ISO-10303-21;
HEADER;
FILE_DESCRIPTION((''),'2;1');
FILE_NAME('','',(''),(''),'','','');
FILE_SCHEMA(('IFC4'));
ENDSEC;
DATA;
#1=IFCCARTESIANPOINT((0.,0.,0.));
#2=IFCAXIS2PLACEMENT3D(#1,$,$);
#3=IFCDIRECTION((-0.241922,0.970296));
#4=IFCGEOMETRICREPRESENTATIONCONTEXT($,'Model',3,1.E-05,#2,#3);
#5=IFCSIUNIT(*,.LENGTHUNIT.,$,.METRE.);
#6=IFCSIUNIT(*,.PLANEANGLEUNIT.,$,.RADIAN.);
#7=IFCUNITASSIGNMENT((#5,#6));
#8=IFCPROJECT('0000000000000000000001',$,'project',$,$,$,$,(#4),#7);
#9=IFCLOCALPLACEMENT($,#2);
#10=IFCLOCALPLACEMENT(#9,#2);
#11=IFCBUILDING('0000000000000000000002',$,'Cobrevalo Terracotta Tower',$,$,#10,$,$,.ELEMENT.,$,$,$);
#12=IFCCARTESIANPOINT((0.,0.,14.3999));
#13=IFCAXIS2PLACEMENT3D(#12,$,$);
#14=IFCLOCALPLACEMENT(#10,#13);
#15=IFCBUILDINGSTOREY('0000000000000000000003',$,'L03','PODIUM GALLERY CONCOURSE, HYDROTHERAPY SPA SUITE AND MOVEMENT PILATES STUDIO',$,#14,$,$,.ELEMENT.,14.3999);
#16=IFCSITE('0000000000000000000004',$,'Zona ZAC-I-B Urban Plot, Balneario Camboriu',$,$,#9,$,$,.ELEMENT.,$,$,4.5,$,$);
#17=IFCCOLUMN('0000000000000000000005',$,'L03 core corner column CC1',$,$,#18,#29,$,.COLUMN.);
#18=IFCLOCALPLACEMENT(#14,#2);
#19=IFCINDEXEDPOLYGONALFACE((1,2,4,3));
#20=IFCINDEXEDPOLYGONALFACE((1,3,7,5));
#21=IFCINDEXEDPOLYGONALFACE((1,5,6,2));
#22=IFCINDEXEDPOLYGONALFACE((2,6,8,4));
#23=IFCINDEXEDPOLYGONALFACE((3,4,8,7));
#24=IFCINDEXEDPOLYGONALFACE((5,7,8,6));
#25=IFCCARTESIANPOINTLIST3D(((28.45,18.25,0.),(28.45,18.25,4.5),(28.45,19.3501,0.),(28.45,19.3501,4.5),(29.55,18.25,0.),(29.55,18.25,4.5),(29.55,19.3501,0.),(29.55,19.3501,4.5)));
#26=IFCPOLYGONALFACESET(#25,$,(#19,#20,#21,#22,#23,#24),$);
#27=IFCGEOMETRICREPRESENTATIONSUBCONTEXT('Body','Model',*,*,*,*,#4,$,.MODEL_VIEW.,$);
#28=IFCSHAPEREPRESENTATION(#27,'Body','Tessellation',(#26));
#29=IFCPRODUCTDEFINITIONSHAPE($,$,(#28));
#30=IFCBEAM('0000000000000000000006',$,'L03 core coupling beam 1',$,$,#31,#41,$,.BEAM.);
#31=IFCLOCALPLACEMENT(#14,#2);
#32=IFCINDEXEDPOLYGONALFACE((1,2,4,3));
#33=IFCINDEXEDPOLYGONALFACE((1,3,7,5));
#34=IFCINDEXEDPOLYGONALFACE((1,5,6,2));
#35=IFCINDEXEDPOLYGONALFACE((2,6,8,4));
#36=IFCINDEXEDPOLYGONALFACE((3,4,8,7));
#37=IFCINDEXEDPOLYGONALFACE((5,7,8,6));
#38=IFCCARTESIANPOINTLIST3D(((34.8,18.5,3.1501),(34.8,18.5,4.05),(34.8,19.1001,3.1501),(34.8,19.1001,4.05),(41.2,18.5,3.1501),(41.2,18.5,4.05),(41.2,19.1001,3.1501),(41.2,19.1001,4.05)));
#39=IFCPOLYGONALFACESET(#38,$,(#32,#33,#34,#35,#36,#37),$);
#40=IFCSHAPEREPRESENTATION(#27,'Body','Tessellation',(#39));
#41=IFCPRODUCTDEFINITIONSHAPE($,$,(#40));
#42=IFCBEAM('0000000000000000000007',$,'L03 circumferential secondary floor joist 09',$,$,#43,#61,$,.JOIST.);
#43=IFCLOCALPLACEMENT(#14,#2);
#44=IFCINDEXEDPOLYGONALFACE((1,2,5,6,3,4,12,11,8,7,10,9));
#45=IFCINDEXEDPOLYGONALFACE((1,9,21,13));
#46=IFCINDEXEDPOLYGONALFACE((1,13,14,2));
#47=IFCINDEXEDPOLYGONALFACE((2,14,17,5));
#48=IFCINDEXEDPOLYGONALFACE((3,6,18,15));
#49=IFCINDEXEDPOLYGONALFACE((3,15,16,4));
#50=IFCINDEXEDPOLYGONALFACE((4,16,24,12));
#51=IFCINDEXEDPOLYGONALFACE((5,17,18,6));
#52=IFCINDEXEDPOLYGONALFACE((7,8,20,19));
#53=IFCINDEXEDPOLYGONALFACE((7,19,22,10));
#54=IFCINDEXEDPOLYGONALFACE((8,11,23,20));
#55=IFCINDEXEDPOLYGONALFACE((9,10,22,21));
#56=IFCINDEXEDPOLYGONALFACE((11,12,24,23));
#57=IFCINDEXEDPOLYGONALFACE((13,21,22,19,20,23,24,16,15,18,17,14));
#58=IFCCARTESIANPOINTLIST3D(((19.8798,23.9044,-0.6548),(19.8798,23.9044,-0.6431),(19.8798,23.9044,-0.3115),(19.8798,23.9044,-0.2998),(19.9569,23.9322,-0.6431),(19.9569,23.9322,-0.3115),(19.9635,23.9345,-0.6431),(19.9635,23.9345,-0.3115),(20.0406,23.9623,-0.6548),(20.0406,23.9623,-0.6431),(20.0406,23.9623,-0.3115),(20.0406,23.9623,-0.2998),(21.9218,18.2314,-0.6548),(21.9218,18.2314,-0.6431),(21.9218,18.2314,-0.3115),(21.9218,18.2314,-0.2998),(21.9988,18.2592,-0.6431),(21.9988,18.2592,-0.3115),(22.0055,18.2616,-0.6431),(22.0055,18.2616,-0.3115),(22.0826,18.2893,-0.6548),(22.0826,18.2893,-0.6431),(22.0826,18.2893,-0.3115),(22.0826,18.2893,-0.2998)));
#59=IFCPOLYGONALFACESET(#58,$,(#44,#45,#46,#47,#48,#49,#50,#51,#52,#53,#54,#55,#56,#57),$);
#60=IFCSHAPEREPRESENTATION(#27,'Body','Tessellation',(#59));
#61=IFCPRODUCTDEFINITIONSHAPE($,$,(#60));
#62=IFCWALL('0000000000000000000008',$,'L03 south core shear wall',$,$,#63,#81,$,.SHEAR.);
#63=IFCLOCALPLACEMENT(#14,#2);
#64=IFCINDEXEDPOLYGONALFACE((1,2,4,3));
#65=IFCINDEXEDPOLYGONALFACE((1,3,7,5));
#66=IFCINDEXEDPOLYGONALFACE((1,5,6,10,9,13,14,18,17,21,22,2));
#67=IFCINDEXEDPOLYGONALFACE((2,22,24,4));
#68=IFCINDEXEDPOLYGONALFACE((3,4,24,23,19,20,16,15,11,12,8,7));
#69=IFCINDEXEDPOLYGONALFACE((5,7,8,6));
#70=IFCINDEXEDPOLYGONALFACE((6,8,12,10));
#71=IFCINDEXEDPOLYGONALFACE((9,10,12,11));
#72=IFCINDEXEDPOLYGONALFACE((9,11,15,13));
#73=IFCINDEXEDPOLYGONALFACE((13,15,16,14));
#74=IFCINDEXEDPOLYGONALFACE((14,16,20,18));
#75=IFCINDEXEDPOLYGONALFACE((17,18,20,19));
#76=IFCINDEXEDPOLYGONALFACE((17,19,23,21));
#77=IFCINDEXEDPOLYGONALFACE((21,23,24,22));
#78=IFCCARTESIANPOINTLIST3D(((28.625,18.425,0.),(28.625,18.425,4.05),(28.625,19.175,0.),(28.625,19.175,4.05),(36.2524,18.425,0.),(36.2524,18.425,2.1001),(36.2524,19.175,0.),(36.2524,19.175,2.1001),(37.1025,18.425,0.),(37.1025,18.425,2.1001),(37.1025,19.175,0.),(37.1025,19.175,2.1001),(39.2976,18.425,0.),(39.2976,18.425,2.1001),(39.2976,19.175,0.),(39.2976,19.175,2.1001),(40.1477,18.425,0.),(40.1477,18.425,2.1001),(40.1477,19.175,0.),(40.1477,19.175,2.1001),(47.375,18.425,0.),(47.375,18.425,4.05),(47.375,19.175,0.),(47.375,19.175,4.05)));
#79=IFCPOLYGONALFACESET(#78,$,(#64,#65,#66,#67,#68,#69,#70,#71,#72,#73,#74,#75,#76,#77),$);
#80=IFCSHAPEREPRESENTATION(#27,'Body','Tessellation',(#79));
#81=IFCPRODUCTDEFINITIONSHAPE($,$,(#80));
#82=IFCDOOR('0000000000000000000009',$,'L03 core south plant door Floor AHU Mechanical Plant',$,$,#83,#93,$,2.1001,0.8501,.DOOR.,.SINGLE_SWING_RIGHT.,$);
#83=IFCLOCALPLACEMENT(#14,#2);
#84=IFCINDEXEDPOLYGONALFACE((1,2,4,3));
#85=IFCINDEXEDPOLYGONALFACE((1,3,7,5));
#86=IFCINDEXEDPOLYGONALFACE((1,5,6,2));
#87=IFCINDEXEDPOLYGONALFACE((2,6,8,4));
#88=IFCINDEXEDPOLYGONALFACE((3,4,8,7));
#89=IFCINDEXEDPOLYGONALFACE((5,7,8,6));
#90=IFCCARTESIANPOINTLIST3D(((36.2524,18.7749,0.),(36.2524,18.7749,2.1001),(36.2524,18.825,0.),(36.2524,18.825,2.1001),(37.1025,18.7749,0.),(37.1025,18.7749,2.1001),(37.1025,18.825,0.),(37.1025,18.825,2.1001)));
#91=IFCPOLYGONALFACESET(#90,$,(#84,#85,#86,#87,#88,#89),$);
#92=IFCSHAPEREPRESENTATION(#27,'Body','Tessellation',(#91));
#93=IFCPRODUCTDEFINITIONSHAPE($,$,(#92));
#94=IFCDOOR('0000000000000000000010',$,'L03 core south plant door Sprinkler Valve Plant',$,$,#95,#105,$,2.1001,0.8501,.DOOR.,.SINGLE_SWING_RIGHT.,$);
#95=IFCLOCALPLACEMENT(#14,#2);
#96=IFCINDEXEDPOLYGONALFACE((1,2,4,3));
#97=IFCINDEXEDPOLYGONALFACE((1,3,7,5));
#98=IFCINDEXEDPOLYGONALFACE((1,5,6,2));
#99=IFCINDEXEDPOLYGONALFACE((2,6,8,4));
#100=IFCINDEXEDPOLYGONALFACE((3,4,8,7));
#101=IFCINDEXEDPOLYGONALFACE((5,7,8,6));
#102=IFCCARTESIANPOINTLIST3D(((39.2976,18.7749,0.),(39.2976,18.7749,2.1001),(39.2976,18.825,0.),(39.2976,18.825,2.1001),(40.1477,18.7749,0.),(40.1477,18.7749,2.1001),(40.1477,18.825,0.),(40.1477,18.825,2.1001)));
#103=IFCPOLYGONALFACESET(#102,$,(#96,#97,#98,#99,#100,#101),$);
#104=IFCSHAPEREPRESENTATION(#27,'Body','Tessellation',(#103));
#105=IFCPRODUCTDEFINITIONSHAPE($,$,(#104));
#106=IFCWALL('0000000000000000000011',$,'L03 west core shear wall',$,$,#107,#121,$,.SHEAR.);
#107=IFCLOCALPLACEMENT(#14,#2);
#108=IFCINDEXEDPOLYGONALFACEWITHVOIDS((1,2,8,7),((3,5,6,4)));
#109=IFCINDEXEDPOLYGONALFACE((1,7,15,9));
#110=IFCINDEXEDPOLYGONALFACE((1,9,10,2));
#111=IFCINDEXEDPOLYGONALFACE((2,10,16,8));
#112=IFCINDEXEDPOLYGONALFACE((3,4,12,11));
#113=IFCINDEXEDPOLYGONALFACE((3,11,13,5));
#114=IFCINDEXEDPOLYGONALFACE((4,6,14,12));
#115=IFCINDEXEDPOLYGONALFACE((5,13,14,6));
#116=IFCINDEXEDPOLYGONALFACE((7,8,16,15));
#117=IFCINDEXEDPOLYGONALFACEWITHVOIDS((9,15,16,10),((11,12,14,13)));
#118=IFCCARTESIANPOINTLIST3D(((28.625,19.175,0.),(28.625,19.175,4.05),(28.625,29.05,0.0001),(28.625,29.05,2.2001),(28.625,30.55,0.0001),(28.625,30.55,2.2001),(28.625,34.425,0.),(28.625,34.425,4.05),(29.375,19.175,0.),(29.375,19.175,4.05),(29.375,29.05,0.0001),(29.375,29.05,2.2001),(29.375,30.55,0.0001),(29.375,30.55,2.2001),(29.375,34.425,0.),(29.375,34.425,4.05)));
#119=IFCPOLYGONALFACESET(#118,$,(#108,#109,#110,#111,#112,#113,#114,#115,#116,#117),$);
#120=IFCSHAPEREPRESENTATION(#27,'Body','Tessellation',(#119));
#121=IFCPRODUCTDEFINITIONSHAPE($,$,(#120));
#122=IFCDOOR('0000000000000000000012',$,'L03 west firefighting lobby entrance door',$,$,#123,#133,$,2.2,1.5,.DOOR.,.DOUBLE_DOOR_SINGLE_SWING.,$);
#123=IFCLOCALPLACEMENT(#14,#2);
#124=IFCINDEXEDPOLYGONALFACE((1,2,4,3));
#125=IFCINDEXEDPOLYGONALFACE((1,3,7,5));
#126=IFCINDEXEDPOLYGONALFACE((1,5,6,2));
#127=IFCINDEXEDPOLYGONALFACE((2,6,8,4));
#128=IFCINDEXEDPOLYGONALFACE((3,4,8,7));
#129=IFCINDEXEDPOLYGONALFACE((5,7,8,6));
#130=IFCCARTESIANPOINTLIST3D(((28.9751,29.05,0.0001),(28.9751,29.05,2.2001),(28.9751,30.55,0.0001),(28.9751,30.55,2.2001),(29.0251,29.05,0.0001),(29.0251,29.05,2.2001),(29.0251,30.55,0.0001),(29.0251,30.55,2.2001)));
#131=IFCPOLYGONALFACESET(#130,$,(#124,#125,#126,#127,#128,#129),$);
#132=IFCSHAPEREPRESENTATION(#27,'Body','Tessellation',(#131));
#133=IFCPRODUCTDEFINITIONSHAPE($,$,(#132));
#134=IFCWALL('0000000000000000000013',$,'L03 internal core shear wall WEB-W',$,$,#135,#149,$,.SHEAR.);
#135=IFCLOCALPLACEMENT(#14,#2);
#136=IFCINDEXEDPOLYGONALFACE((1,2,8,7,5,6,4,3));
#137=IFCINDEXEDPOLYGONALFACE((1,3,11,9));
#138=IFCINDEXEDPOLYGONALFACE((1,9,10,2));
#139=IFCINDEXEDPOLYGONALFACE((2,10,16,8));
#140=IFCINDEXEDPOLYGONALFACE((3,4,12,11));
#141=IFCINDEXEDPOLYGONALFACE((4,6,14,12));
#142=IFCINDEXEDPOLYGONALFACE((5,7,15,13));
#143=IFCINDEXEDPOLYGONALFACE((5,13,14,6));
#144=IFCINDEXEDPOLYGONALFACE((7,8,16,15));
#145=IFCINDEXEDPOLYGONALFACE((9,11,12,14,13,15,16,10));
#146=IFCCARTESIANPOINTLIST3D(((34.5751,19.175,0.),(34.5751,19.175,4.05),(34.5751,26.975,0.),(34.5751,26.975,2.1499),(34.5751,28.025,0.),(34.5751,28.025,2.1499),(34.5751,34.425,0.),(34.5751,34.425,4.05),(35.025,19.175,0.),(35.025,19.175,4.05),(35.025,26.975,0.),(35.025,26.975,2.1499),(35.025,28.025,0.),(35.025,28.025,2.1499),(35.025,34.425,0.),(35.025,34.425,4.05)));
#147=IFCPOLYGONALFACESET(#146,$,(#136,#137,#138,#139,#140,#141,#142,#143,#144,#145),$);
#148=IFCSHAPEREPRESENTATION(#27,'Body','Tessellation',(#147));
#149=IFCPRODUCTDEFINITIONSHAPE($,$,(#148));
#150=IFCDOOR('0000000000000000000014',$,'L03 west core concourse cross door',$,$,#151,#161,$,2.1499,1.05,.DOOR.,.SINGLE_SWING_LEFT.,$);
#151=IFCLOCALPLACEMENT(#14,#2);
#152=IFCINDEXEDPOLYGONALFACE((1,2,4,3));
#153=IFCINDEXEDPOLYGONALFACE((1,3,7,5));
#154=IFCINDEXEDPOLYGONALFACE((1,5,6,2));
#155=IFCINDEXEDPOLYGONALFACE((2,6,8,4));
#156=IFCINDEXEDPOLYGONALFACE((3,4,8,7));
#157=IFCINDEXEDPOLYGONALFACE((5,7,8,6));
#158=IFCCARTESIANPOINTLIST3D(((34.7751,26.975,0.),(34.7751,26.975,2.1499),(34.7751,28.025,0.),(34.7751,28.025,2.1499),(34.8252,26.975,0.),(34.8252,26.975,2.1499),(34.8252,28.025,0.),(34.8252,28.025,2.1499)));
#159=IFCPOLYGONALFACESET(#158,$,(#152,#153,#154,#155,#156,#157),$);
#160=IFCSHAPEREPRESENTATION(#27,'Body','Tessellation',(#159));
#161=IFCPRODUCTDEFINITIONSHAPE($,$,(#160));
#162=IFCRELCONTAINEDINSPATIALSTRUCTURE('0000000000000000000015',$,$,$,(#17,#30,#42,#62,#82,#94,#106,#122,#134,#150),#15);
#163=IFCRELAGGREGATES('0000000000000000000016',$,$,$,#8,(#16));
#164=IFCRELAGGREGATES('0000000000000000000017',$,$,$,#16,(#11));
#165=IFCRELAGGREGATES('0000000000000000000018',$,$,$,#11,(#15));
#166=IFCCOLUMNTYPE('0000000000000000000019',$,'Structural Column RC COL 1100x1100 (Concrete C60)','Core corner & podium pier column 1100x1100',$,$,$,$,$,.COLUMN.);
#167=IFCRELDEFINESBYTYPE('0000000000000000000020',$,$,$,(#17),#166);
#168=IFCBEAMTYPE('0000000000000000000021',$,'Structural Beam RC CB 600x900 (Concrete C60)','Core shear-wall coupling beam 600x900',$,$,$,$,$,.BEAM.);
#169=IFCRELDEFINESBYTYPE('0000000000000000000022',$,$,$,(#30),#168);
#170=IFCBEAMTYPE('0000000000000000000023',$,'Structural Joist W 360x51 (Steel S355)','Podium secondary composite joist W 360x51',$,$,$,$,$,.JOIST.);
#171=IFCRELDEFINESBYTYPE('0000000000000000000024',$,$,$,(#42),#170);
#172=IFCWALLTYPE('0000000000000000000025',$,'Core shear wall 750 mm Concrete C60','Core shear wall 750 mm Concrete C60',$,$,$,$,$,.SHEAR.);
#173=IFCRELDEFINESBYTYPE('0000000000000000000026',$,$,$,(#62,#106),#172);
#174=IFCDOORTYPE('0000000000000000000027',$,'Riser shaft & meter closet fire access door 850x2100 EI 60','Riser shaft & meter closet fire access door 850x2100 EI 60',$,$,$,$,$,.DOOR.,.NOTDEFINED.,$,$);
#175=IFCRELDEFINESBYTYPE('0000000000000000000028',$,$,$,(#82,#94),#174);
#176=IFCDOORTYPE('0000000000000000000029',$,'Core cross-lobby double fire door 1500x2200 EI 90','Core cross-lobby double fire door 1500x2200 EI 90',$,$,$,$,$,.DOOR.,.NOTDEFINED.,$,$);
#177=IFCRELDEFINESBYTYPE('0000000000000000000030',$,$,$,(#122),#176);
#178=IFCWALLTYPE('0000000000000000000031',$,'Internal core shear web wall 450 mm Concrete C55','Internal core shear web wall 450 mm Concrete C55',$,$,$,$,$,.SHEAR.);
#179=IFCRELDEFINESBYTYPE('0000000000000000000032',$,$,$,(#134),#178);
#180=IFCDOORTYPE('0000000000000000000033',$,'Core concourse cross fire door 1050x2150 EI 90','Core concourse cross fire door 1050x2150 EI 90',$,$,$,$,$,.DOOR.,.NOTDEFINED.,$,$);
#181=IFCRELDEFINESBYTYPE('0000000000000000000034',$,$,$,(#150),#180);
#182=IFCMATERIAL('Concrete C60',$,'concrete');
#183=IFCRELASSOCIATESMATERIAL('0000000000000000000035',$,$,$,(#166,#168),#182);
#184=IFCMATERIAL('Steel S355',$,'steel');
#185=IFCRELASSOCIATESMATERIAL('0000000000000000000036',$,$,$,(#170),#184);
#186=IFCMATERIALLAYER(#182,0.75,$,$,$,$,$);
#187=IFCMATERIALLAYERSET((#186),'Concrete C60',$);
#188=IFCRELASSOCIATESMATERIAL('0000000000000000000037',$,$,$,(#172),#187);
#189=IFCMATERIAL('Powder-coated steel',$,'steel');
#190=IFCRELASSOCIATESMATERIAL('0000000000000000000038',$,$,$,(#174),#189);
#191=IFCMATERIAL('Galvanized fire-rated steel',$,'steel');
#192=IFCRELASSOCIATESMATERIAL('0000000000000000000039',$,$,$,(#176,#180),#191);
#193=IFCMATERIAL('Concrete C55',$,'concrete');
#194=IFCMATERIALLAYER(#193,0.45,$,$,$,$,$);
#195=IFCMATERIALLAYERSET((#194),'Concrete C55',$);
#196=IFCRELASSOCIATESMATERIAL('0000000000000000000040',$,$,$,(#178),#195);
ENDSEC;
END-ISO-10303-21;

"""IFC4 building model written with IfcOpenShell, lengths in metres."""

from ifc_helpers import new_model, si_unit, direction, frame, frame_2d, origin, origin_2d, place, context, subcontext, project, spatial, rectangle, i_section, extrude, source, transform, mapped, material, layer, layer_set, material_profile, profile_set, type_object, element, fill, save


model = new_model("IFC4")

# Units and contexts
model_context = context("Model", 3, precision=1e-05, world=origin(), true_north=direction((-0.241922, 0.970296)))
body_context = subcontext(model_context, "Body", "Model", "MODEL_VIEW")
ifc_project = project(units=[si_unit("LENGTHUNIT", "METRE"), si_unit("PLANEANGLEUNIT", "RADIAN")], contexts=[model_context])

# Site, building, storey
site_placement = place(None, origin())
site = spatial("IfcSite", under=ifc_project, at=site_placement, Name="Zona ZAC-I-B Urban Plot, Balneario Camboriu", CompositionType="ELEMENT", RefElevation=4.5)
building_placement = place(site_placement, origin())
building = spatial("IfcBuilding", under=site, at=building_placement, Name="Cobrevalo Terracotta Tower", CompositionType="ELEMENT")
storey_placement = place(building_placement, frame((0.0, 0.0, 14.3999)))
storey = spatial("IfcBuildingStorey", under=building, at=storey_placement, Name="L03", Description="PODIUM GALLERY CONCOURSE, HYDROTHERAPY SPA SUITE AND MOVEMENT PILATES STUDIO", CompositionType="ELEMENT", Elevation=14.3999)

# Column
ifc_material_1 = material(Name="Concrete C60", Category="concrete")
ifc_material_profile_1 = material_profile(ifc_material_1, rectangle(XDim=1.1001, YDim=1.1001, at=origin_2d()), Name="RC COL 1100x1100")
ifc_profile_set_1 = profile_set([ifc_material_profile_1], Name="Concrete C60")
column_type = type_object("IfcColumnType", Name="Structural Column RC COL 1100x1100 (Concrete C60)", Description="Core corner & podium pier column 1100x1100", PredefinedType="COLUMN", material=ifc_profile_set_1)
column_placement = place(storey_placement, frame((29.0, 18.8, 0.0), z_axis=(0.0, 0.0, 1.0), x_axis=(1.0, 0.0, 0.0)))
element("IfcColumn", 1, at=column_placement, inside=storey, type_object=column_type, Name="L03 core corner column CC1", PredefinedType="COLUMN", context=body_context, shape_type="SweptSolid", body=[
    extrude(rectangle(XDim=1.1001, YDim=1.1001, at=origin_2d()), origin(), (0.0, 0.0, 1.0), 4.5),
])

# Beams
ifc_material_profile_2 = material_profile(ifc_material_1, rectangle(XDim=0.6001, YDim=0.8999, at=origin_2d()), Name="RC CB 600x900")
ifc_profile_set_2 = profile_set([ifc_material_profile_2], Name="Concrete C60")
beam_type_1 = type_object("IfcBeamType", Name="Structural Beam RC CB 600x900 (Concrete C60)", Description="Core shear-wall coupling beam 600x900", PredefinedType="BEAM", material=ifc_profile_set_2)
beam_1_placement = place(storey_placement, frame((34.8, 18.8, 3.6001), z_axis=(1.0, 0.0, 0.0), x_axis=(0.0, 1.0, 0.0)))
element("IfcBeam", 2, at=beam_1_placement, inside=storey, type_object=beam_type_1, Name="L03 core coupling beam 1", PredefinedType="BEAM", context=body_context, shape_type="SweptSolid", body=[
    extrude(rectangle(XDim=0.6001, YDim=0.8999, at=origin_2d()), origin(), (0.0, 0.0, 1.0), 6.3999),
])
ifc_material_2 = material(Name="Steel S355", Category="steel")
ifc_material_profile_3 = material_profile(ifc_material_2, i_section(OverallWidth=0.1709, OverallDepth=0.355, WebThickness=0.0071, FlangeThickness=0.0117, at=origin_2d()), Name="W 360x51")
ifc_profile_set_3 = profile_set([ifc_material_profile_3], Name="Steel S355")
beam_type_2 = type_object("IfcBeamType", Name="Structural Joist W 360x51 (Steel S355)", Description="Podium secondary composite joist W 360x51", PredefinedType="JOIST", material=ifc_profile_set_3)
beam_2_placement = place(storey_placement, frame((19.9602, 23.9333, -0.4773), z_axis=(0.338672, -0.940904, 0.0), x_axis=(0.940904, 0.338672, 0.0)))
element("IfcBeam", 3, at=beam_2_placement, inside=storey, type_object=beam_type_2, Name="L03 circumferential secondary floor joist 09", PredefinedType="JOIST", context=body_context, shape_type="SweptSolid", body=[
    extrude(i_section(OverallWidth=0.1709, OverallDepth=0.355, WebThickness=0.0071, FlangeThickness=0.0117, at=origin_2d()), origin(), (0.0, 0.0, 1.0), 6.0293),
])

# Wall, openings, doors
ifc_layer_1 = layer(ifc_material_1, 0.75)
ifc_layer_set_1 = layer_set([ifc_layer_1], Name="Concrete C60")
wall_type_1 = type_object("IfcWallType", Name="Core shear wall 750 mm Concrete C60", Description="Core shear wall 750 mm Concrete C60", PredefinedType="SHEAR", material=ifc_layer_set_1)
wall_1_placement = place(storey_placement, frame((28.625, 18.8, 0.0), z_axis=(0.0, 0.0, 1.0), x_axis=(1.0, 0.0, 0.0)))
wall_1 = element("IfcWall", 4, at=wall_1_placement, inside=storey, type_object=wall_type_1, Name="L03 south core shear wall", PredefinedType="SHEAR", context=body_context, shape_type="SweptSolid", body=[
    extrude(rectangle(XDim=18.75, YDim=0.75, at=frame_2d((9.375, 0.0))), origin(), (0.0, 0.0, 1.0), 4.05),
])
opening_1_placement = place(wall_1_placement, frame((7.6274, 0.0, 0.0)))
opening_1 = element("IfcOpeningElement", 5, at=opening_1_placement, cuts=wall_1, PredefinedType="OPENING", context=body_context, shape_type="SweptSolid", body=[
    extrude(rectangle(XDim=0.8501, YDim=2.1001, at=frame_2d((0.425, 1.05))), frame((0.0, 0.385, 0.0), z_axis=(0.0, -1.0, 0.0), x_axis=(1.0, 0.0, 0.0)), (0.0, 0.0, 1.0), 0.77),
])
opening_2_placement = place(wall_1_placement, frame((10.6726, 0.0, 0.0)))
opening_2 = element("IfcOpeningElement", 6, at=opening_2_placement, cuts=wall_1, PredefinedType="OPENING", context=body_context, shape_type="SweptSolid", body=[
    extrude(rectangle(XDim=0.8501, YDim=2.1001, at=frame_2d((0.425, 1.05))), frame((0.0, 0.385, 0.0), z_axis=(0.0, -1.0, 0.0), x_axis=(1.0, 0.0, 0.0)), (0.0, 0.0, 1.0), 0.77),
])
ifc_material_3 = material(Name="Powder-coated steel", Category="steel")
door_type_1 = type_object("IfcDoorType", Name="Riser shaft & meter closet fire access door 850x2100 EI 60", Description="Riser shaft & meter closet fire access door 850x2100 EI 60", OperationType="NOTDEFINED", PredefinedType="DOOR", material=ifc_material_3)
shared_shape_1 = source(origin(), body_context, "Body", "SweptSolid", [
    extrude(rectangle(XDim=0.8501, YDim=2.1001, at=frame_2d((0.425, 1.05))), frame((0.0, 0.0249, 0.0), z_axis=(0.0, -1.0, 0.0), x_axis=(1.0, 0.0, 0.0)), (0.0, 0.0, 1.0), 0.05),
])
door_1_placement = place(opening_1_placement, origin())
door_1 = element("IfcDoor", 7, at=door_1_placement, inside=storey, type_object=door_type_1, Name="L03 core south plant door Floor AHU Mechanical Plant", OperationType="SINGLE_SWING_RIGHT", OverallHeight=2.1001, OverallWidth=0.8501, PredefinedType="DOOR", context=body_context, shape_type="MappedRepresentation", body=[
    mapped(shared_shape_1, transform((0.0, 0.0, 0.0), scale=1.0)),
])
fill(opening_1, door_1)
door_2_placement = place(opening_2_placement, origin())
door_2 = element("IfcDoor", 8, at=door_2_placement, inside=storey, type_object=door_type_1, Name="L03 core south plant door Sprinkler Valve Plant", OperationType="SINGLE_SWING_RIGHT", OverallHeight=2.1001, OverallWidth=0.8501, PredefinedType="DOOR", context=body_context, shape_type="MappedRepresentation", body=[
    mapped(shared_shape_1, transform((0.0, 0.0, 0.0), scale=1.0)),
])
fill(opening_2, door_2)

# Walls, openings, doors
wall_2_placement = place(storey_placement, frame((29.0, 19.175, 0.0), z_axis=(0.0, 0.0, 1.0), x_axis=(0.0, 1.0, 0.0)))
wall_2 = element("IfcWall", 9, at=wall_2_placement, inside=storey, type_object=wall_type_1, Name="L03 west core shear wall", PredefinedType="SHEAR", context=body_context, shape_type="SweptSolid", body=[
    extrude(rectangle(XDim=15.25, YDim=0.75, at=frame_2d((7.625, 0.0))), origin(), (0.0, 0.0, 1.0), 4.05),
])
opening_3_placement = place(wall_2_placement, frame((9.875, 0.0, 0.0)))
opening_3 = element("IfcOpeningElement", 10, at=opening_3_placement, cuts=wall_2, PredefinedType="OPENING", context=body_context, shape_type="SweptSolid", body=[
    extrude(rectangle(XDim=1.5, YDim=2.2, at=frame_2d((0.75, 1.1001))), frame((0.0, 0.385, 0.0), z_axis=(0.0, -1.0, 0.0), x_axis=(1.0, 0.0, 0.0)), (0.0, 0.0, 1.0), 0.77),
])
ifc_material_4 = material(Name="Galvanized fire-rated steel", Category="steel")
door_type_2 = type_object("IfcDoorType", Name="Core cross-lobby double fire door 1500x2200 EI 90", Description="Core cross-lobby double fire door 1500x2200 EI 90", OperationType="NOTDEFINED", PredefinedType="DOOR", material=ifc_material_4)
shared_shape_2 = source(origin(), body_context, "Body", "SweptSolid", [
    extrude(rectangle(XDim=1.5, YDim=2.2, at=frame_2d((0.75, 1.1001))), frame((0.0, 0.0249, 0.0), z_axis=(0.0, -1.0, 0.0), x_axis=(1.0, 0.0, 0.0)), (0.0, 0.0, 1.0), 0.05),
])
door_3_placement = place(opening_3_placement, origin())
door_3 = element("IfcDoor", 11, at=door_3_placement, inside=storey, type_object=door_type_2, Name="L03 west firefighting lobby entrance door", OperationType="DOUBLE_DOOR_SINGLE_SWING", OverallHeight=2.2, OverallWidth=1.5, PredefinedType="DOOR", context=body_context, shape_type="MappedRepresentation", body=[
    mapped(shared_shape_2, transform((0.0, 0.0, 0.0), scale=1.0)),
])
fill(opening_3, door_3)
ifc_material_5 = material(Name="Concrete C55", Category="concrete")
ifc_layer_2 = layer(ifc_material_5, 0.45)
ifc_layer_set_2 = layer_set([ifc_layer_2], Name="Concrete C55")
wall_type_2 = type_object("IfcWallType", Name="Internal core shear web wall 450 mm Concrete C55", Description="Internal core shear web wall 450 mm Concrete C55", PredefinedType="SHEAR", material=ifc_layer_set_2)
wall_3_placement = place(storey_placement, frame((34.8, 19.175, 0.0), z_axis=(0.0, 0.0, 1.0), x_axis=(0.0, 1.0, 0.0)))
wall_3 = element("IfcWall", 12, at=wall_3_placement, inside=storey, type_object=wall_type_2, Name="L03 internal core shear wall WEB-W", PredefinedType="SHEAR", context=body_context, shape_type="SweptSolid", body=[
    extrude(rectangle(XDim=15.25, YDim=0.45, at=frame_2d((7.625, 0.0))), origin(), (0.0, 0.0, 1.0), 4.05),
])
opening_4_placement = place(wall_3_placement, frame((7.8, 0.0, 0.0)))
opening_4 = element("IfcOpeningElement", 13, at=opening_4_placement, cuts=wall_3, PredefinedType="OPENING", context=body_context, shape_type="SweptSolid", body=[
    extrude(rectangle(XDim=1.05, YDim=2.1499, at=frame_2d((0.5249, 1.075))), frame((0.0, 0.2349, 0.0), z_axis=(0.0, -1.0, 0.0), x_axis=(1.0, 0.0, 0.0)), (0.0, 0.0, 1.0), 0.47),
])
door_type_3 = type_object("IfcDoorType", Name="Core concourse cross fire door 1050x2150 EI 90", Description="Core concourse cross fire door 1050x2150 EI 90", OperationType="NOTDEFINED", PredefinedType="DOOR", material=ifc_material_4)
shared_shape_3 = source(origin(), body_context, "Body", "SweptSolid", [
    extrude(rectangle(XDim=1.05, YDim=2.1499, at=frame_2d((0.5249, 1.075))), frame((0.0, 0.0249, 0.0), z_axis=(0.0, -1.0, 0.0), x_axis=(1.0, 0.0, 0.0)), (0.0, 0.0, 1.0), 0.05),
])
door_4_placement = place(opening_4_placement, origin())
door_4 = element("IfcDoor", 14, at=door_4_placement, inside=storey, type_object=door_type_3, Name="L03 west core concourse cross door", OperationType="SINGLE_SWING_LEFT", OverallHeight=2.1499, OverallWidth=1.05, PredefinedType="DOOR", context=body_context, shape_type="MappedRepresentation", body=[
    mapped(shared_shape_3, transform((0.0, 0.0, 0.0), scale=1.0)),
])
fill(opening_4, door_4)

save(model, "model.ifc")
